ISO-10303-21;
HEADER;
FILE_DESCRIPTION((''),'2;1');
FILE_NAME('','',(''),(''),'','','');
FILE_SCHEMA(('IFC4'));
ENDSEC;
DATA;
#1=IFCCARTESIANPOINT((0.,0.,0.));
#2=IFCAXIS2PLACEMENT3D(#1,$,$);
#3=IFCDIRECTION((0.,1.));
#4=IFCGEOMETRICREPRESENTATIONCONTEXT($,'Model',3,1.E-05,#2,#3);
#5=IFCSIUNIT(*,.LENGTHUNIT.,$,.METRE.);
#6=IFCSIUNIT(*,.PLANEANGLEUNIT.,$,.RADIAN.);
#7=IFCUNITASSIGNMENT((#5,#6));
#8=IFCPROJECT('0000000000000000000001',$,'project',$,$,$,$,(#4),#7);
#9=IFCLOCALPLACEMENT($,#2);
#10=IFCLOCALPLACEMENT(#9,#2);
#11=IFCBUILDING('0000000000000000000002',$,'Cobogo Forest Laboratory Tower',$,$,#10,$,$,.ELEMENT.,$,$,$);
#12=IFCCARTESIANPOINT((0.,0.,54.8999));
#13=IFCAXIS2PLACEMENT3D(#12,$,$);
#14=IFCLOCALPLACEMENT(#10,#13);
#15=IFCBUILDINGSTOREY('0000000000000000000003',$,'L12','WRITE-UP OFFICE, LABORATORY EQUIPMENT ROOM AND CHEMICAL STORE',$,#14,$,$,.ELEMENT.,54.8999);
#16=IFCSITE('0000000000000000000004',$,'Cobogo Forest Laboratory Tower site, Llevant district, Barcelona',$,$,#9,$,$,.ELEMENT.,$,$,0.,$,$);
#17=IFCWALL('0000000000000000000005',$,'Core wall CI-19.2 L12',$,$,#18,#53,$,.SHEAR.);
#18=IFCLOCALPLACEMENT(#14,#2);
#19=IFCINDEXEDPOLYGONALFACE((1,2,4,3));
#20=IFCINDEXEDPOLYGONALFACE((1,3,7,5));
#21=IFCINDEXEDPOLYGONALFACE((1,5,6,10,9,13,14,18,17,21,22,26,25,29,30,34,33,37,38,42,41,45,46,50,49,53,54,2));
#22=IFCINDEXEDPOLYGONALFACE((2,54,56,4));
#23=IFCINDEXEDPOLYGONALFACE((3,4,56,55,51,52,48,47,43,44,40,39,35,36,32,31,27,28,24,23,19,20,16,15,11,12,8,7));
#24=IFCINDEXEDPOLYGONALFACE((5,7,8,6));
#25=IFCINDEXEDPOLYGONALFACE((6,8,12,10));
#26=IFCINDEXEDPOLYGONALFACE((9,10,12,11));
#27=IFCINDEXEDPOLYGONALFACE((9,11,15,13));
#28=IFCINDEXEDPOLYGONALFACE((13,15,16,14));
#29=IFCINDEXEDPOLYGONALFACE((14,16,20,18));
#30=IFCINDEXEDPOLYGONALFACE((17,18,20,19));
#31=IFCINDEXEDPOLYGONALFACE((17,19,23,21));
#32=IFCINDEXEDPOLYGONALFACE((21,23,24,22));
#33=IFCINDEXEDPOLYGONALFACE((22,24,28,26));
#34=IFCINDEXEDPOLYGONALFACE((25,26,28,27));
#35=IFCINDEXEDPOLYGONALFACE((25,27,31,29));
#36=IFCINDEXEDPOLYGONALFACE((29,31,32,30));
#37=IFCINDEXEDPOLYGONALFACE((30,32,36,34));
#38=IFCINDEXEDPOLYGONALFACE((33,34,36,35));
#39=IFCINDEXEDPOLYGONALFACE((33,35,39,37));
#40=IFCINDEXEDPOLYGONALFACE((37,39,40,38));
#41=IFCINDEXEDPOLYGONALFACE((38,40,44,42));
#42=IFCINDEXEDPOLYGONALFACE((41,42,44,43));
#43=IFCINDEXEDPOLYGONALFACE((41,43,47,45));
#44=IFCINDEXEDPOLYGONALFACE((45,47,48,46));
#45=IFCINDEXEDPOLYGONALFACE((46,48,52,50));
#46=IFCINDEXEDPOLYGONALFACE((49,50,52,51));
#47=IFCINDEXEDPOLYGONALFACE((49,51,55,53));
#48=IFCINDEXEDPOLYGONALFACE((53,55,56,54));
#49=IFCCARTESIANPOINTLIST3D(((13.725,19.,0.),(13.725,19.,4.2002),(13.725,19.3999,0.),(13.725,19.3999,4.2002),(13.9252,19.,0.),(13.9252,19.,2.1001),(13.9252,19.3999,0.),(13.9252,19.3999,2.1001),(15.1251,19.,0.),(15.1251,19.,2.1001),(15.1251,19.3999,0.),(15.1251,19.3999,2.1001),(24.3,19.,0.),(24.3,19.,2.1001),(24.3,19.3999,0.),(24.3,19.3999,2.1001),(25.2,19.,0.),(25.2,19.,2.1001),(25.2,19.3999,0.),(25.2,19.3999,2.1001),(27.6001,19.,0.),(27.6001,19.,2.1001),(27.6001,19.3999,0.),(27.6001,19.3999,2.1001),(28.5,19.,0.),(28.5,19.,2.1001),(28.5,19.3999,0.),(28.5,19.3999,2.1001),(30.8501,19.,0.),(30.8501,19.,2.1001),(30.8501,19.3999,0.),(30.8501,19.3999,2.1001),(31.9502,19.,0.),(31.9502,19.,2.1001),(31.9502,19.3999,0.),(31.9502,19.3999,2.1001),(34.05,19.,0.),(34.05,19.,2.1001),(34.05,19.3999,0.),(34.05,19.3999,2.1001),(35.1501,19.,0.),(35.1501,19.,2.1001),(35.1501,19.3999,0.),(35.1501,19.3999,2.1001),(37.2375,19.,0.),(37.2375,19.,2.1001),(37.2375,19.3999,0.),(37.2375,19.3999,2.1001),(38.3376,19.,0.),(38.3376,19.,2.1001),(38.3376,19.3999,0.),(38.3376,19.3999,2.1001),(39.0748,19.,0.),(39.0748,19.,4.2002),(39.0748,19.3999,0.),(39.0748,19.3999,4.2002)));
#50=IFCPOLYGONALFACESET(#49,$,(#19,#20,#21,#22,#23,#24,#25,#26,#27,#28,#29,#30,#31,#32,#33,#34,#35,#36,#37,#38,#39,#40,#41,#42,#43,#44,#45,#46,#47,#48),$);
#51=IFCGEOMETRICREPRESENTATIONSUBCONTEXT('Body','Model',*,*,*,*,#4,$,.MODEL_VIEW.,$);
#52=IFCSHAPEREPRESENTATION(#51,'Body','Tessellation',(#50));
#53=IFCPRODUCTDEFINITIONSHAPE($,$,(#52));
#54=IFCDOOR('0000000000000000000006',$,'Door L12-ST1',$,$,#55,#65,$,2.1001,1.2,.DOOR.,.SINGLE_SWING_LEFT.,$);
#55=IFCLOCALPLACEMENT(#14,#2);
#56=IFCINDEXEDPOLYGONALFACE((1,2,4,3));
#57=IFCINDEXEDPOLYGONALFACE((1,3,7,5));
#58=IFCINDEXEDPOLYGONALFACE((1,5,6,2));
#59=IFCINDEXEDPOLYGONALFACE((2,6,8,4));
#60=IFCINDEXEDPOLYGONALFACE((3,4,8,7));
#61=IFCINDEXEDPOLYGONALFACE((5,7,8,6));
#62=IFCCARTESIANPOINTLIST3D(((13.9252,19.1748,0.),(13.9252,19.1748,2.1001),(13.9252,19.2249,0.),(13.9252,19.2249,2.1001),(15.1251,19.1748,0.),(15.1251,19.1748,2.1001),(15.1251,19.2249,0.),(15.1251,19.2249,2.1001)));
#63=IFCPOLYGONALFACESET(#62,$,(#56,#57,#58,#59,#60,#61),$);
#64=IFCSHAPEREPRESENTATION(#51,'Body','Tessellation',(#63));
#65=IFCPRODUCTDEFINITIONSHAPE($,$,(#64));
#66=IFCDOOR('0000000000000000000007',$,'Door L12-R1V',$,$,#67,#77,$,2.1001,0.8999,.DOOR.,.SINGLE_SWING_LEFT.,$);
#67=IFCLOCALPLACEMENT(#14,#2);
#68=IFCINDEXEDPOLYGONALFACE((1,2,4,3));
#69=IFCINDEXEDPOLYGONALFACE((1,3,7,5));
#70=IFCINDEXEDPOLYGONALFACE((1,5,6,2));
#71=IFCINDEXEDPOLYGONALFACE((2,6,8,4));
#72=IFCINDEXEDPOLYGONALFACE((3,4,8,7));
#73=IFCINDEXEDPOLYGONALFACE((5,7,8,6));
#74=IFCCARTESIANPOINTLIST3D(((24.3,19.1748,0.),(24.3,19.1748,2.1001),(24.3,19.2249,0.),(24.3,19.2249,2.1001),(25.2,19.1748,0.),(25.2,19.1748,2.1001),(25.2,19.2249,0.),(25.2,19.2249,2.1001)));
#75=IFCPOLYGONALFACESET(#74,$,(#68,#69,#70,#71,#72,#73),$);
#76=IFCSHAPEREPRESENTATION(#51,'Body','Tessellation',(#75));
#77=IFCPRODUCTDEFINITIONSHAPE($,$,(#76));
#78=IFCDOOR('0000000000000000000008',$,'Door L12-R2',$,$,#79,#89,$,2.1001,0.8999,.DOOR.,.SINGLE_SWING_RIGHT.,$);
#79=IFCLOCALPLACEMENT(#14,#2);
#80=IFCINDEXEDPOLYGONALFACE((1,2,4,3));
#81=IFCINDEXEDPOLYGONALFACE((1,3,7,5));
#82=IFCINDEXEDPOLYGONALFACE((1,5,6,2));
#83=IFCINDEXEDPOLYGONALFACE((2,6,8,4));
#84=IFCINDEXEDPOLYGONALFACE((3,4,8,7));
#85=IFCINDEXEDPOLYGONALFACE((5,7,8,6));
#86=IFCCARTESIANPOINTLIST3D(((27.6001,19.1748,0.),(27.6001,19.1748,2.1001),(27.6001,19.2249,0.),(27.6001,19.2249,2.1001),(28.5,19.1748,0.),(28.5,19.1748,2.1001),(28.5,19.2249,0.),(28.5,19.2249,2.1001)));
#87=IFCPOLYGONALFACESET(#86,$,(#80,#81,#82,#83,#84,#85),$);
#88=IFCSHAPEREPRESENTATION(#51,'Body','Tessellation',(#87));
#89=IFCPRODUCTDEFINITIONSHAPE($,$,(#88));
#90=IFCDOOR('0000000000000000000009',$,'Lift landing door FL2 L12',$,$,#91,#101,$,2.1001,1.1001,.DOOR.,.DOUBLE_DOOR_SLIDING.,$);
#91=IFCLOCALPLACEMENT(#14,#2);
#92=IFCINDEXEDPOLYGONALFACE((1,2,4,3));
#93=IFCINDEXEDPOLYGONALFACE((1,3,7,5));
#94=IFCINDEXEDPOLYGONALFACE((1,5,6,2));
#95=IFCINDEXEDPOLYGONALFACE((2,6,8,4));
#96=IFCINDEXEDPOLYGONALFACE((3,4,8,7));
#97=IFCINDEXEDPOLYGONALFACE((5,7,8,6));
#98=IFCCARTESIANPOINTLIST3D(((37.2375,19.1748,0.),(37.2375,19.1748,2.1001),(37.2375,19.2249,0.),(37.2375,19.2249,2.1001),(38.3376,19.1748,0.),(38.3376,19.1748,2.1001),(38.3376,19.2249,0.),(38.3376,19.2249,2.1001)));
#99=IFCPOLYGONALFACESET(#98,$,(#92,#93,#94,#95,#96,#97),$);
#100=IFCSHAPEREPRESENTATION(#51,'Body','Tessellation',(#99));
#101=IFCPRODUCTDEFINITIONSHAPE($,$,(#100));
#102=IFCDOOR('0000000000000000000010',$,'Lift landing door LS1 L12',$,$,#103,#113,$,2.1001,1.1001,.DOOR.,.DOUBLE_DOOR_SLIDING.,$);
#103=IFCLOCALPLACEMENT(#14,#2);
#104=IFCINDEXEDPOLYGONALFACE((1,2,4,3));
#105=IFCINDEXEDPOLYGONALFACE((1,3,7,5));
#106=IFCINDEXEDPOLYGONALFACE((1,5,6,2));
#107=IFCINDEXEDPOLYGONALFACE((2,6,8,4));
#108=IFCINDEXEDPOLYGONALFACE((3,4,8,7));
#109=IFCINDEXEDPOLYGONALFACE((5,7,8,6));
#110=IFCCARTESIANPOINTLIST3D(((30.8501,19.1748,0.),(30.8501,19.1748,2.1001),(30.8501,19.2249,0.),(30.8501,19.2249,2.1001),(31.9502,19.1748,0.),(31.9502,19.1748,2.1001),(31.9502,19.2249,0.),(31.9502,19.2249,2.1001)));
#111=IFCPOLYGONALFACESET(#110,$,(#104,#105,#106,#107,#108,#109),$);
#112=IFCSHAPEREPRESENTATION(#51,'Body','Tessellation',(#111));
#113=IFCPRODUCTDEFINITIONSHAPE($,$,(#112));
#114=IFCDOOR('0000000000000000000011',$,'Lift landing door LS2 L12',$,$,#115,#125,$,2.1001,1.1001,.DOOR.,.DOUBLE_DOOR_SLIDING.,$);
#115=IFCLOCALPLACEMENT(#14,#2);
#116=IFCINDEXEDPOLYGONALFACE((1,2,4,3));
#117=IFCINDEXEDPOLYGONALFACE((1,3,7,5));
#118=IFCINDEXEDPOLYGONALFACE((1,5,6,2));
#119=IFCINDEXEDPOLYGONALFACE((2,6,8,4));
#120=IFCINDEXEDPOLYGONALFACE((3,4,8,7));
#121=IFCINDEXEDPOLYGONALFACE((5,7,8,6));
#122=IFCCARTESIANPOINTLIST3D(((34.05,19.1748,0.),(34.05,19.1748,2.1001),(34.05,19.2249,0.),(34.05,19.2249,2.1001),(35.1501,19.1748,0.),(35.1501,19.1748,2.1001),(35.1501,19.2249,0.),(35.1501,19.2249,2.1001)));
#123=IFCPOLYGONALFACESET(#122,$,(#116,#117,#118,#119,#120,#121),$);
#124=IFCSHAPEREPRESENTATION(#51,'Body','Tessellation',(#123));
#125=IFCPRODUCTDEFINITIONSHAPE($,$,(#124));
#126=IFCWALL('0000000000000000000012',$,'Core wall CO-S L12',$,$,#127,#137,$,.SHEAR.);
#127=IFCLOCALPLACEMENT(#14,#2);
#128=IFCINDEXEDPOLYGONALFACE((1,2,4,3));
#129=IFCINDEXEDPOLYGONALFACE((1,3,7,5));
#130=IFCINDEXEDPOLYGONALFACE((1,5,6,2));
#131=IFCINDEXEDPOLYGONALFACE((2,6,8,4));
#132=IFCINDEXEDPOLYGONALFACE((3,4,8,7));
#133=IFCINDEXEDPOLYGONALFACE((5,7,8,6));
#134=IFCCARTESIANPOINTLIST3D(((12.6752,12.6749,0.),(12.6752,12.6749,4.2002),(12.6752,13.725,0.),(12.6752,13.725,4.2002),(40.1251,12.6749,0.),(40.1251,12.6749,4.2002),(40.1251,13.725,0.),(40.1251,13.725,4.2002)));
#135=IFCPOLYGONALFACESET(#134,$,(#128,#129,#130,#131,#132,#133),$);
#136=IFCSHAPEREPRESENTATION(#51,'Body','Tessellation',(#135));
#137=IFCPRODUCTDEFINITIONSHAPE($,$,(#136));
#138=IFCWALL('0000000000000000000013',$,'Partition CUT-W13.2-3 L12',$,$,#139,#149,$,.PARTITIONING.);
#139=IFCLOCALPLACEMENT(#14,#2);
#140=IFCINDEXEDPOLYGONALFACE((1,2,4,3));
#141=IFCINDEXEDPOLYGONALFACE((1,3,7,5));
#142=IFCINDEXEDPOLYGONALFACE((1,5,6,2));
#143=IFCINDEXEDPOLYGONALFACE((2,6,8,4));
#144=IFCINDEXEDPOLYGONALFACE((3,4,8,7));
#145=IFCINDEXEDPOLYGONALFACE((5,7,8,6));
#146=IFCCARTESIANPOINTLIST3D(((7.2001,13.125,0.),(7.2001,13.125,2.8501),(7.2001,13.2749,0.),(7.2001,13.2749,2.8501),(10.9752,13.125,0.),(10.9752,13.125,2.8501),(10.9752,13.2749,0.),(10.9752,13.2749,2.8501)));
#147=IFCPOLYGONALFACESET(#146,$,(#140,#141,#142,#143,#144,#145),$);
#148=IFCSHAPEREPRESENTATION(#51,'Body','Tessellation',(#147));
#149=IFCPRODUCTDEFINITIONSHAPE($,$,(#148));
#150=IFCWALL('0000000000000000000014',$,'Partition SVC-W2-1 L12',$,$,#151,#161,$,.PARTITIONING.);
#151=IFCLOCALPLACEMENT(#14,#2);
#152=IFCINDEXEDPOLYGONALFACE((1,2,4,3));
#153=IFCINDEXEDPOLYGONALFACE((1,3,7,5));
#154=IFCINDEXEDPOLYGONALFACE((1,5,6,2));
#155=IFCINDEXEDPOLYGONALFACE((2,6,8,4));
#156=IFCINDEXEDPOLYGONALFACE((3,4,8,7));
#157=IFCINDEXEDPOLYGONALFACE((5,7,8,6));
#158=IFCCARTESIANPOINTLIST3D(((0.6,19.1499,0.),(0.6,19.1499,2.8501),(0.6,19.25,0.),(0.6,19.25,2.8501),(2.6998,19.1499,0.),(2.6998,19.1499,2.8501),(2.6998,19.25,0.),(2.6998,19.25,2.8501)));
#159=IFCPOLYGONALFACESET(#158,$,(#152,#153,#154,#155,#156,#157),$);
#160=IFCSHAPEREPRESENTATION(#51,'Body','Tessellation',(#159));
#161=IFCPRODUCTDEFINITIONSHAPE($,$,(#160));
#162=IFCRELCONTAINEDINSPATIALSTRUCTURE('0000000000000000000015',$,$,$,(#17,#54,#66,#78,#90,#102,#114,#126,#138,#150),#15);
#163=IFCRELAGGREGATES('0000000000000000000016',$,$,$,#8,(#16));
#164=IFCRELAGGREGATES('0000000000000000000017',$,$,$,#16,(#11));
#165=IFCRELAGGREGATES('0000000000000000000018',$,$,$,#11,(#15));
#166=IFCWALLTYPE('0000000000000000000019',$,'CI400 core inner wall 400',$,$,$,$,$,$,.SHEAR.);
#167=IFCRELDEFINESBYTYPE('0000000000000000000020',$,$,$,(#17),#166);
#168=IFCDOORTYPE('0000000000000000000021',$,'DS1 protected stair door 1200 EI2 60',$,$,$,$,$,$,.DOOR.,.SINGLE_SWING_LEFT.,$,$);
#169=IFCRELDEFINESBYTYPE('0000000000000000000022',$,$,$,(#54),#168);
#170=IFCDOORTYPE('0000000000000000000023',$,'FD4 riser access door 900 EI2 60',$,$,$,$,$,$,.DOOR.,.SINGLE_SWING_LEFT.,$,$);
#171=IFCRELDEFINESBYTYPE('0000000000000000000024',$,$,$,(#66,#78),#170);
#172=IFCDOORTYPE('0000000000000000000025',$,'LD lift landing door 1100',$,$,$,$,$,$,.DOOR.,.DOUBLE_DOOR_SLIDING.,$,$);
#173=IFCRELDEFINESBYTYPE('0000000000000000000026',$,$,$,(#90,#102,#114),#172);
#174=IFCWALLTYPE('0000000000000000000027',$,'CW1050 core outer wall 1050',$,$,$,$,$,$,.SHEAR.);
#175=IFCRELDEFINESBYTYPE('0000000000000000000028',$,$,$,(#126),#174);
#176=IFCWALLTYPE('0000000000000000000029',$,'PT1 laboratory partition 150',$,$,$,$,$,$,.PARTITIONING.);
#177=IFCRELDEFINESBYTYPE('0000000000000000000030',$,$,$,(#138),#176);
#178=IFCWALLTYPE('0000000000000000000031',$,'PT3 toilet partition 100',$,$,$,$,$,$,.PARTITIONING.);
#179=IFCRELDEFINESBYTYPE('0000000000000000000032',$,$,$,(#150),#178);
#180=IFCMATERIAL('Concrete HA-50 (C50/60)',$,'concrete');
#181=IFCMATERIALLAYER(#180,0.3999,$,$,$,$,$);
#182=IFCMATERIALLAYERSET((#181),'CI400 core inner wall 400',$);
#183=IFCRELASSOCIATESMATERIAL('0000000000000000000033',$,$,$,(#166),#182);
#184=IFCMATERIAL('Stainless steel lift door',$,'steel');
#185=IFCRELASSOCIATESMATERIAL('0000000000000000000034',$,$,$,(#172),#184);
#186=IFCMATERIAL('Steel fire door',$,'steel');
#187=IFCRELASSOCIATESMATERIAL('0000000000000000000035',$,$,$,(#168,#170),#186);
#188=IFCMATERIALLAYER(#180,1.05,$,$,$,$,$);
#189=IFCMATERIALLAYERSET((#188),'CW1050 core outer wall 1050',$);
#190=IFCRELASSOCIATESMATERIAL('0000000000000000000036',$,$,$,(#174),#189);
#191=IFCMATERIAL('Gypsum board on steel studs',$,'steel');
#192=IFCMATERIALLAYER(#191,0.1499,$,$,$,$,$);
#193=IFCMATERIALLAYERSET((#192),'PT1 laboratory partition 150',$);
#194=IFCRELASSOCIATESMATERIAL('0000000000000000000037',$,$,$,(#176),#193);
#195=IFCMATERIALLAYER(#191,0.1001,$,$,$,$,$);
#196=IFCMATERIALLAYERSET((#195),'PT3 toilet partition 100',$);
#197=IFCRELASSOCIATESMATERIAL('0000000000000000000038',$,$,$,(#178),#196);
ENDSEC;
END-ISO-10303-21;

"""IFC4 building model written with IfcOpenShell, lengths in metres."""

from ifc_helpers import new_model, si_unit, direction, frame, frame_2d, origin, place, context, subcontext, project, spatial, rectangle, extrude, material, layer, layer_set, type_object, element, fill, save


model = new_model("IFC4")

# Units and contexts
model_context = context("Model", 3, precision=1e-05, world=origin(), true_north=direction((0.0, 1.0)))
body_context = subcontext(model_context, "Body", "Model", "MODEL_VIEW")
ifc_project = project(units=[si_unit("LENGTHUNIT", "METRE"), si_unit("PLANEANGLEUNIT", "RADIAN")], contexts=[model_context])

# Site, building, storey
site_placement = place(None, origin())
site = spatial("IfcSite", under=ifc_project, at=site_placement, Name="Cobogo Forest Laboratory Tower site, Llevant district, Barcelona", CompositionType="ELEMENT", RefElevation=0.0)
building_placement = place(site_placement, origin())
building = spatial("IfcBuilding", under=site, at=building_placement, Name="Cobogo Forest Laboratory Tower", CompositionType="ELEMENT")
storey_placement = place(building_placement, frame((0.0, 0.0, 54.8999)))
storey = spatial("IfcBuildingStorey", under=building, at=storey_placement, Name="L12", Description="WRITE-UP OFFICE, LABORATORY EQUIPMENT ROOM AND CHEMICAL STORE", CompositionType="ELEMENT", Elevation=54.8999)

# Shared definitions
ifc_material_1 = material(Name="Concrete HA-50 (C50/60)", Category="concrete")

# Wall, openings, doors
ifc_layer_1 = layer(ifc_material_1, 0.3999)
ifc_layer_set_1 = layer_set([ifc_layer_1], Name="CI400 core inner wall 400")
wall_type_1 = type_object("IfcWallType", Name="CI400 core inner wall 400", PredefinedType="SHEAR", material=ifc_layer_set_1)
ifc_material_2 = material(Name="Stainless steel lift door", Category="steel")
door_type_1 = type_object("IfcDoorType", Name="LD lift landing door 1100", OperationType="DOUBLE_DOOR_SLIDING", PredefinedType="DOOR", material=ifc_material_2)
wall_1_placement = place(storey_placement, frame((13.7251, 19.2, 0.0), z_axis=(0.0, 0.0, 1.0), x_axis=(1.0, 0.0, 0.0)))
wall_1 = element("IfcWall", 1, at=wall_1_placement, inside=storey, type_object=wall_type_1, Name="Core wall CI-19.2 L12", PredefinedType="SHEAR", context=body_context, shape_type="SweptSolid", body=[
    extrude(rectangle(XDim=25.3499, YDim=0.3999, at=frame_2d((12.6748, 0.0))), origin(), (0.0, 0.0, 1.0), 4.2002),
])
opening_1_placement = place(wall_1_placement, frame((10.575, 0.0, 0.0)))
opening_1 = element("IfcOpeningElement", 2, at=opening_1_placement, cuts=wall_1, PredefinedType="OPENING", context=body_context, shape_type="SweptSolid", body=[
    extrude(rectangle(XDim=0.8999, YDim=2.1001, at=frame_2d((0.45, 1.05))), frame((0.0, 0.21, 0.0), z_axis=(0.0, -1.0, 0.0), x_axis=(1.0, 0.0, 0.0)), (0.0, 0.0, 1.0), 0.4199),
])
opening_2_placement = place(wall_1_placement, frame((13.875, 0.0, 0.0)))
opening_2 = element("IfcOpeningElement", 3, at=opening_2_placement, cuts=wall_1, PredefinedType="OPENING", context=body_context, shape_type="SweptSolid", body=[
    extrude(rectangle(XDim=0.8999, YDim=2.1001, at=frame_2d((0.45, 1.05))), frame((0.0, 0.21, 0.0), z_axis=(0.0, -1.0, 0.0), x_axis=(1.0, 0.0, 0.0)), (0.0, 0.0, 1.0), 0.4199),
])
opening_3_placement = place(wall_1_placement, frame((0.2, 0.0, 0.0)))
opening_3 = element("IfcOpeningElement", 4, at=opening_3_placement, cuts=wall_1, PredefinedType="OPENING", context=body_context, shape_type="SweptSolid", body=[
    extrude(rectangle(XDim=1.2, YDim=2.1001, at=frame_2d((0.6001, 1.05))), frame((0.0, 0.21, 0.0), z_axis=(0.0, -1.0, 0.0), x_axis=(1.0, 0.0, 0.0)), (0.0, 0.0, 1.0), 0.4199),
])
opening_4_placement = place(wall_1_placement, frame((23.5125, 0.0, 0.0)))
opening_4 = element("IfcOpeningElement", 5, at=opening_4_placement, cuts=wall_1, PredefinedType="OPENING", context=body_context, shape_type="SweptSolid", body=[
    extrude(rectangle(XDim=1.1001, YDim=2.1001, at=frame_2d((0.55, 1.05))), frame((0.0, 0.21, 0.0), z_axis=(0.0, -1.0, 0.0), x_axis=(1.0, 0.0, 0.0)), (0.0, 0.0, 1.0), 0.4199),
])
opening_5_placement = place(wall_1_placement, frame((17.125, 0.0, 0.0)))
opening_5 = element("IfcOpeningElement", 6, at=opening_5_placement, cuts=wall_1, PredefinedType="OPENING", context=body_context, shape_type="SweptSolid", body=[
    extrude(rectangle(XDim=1.1001, YDim=2.1001, at=frame_2d((0.55, 1.05))), frame((0.0, 0.21, 0.0), z_axis=(0.0, -1.0, 0.0), x_axis=(1.0, 0.0, 0.0)), (0.0, 0.0, 1.0), 0.4199),
])
opening_6_placement = place(wall_1_placement, frame((20.325, 0.0, 0.0)))
opening_6 = element("IfcOpeningElement", 7, at=opening_6_placement, cuts=wall_1, PredefinedType="OPENING", context=body_context, shape_type="SweptSolid", body=[
    extrude(rectangle(XDim=1.1001, YDim=2.1001, at=frame_2d((0.55, 1.05))), frame((0.0, 0.21, 0.0), z_axis=(0.0, -1.0, 0.0), x_axis=(1.0, 0.0, 0.0)), (0.0, 0.0, 1.0), 0.4199),
])
ifc_material_3 = material(Name="Steel fire door", Category="steel")
door_type_2 = type_object("IfcDoorType", Name="DS1 protected stair door 1200 EI2 60", OperationType="SINGLE_SWING_LEFT", PredefinedType="DOOR", material=ifc_material_3)
door_1_placement = place(opening_3_placement, origin())
door_1 = element("IfcDoor", 8, at=door_1_placement, inside=storey, type_object=door_type_2, Name="Door L12-ST1", OperationType="SINGLE_SWING_LEFT", OverallHeight=2.1001, OverallWidth=1.2, PredefinedType="DOOR", context=body_context, shape_type="SweptSolid", body=[
    extrude(rectangle(XDim=1.2, YDim=2.1001, at=frame_2d((0.6001, 1.05))), frame((0.0, 0.0249, 0.0), z_axis=(0.0, -1.0, 0.0), x_axis=(1.0, 0.0, 0.0)), (0.0, 0.0, 1.0), 0.05),
])
fill(opening_3, door_1)
door_type_3 = type_object("IfcDoorType", Name="FD4 riser access door 900 EI2 60", OperationType="SINGLE_SWING_LEFT", PredefinedType="DOOR", material=ifc_material_3)
door_2_placement = place(opening_1_placement, origin())
door_2 = element("IfcDoor", 9, at=door_2_placement, inside=storey, type_object=door_type_3, Name="Door L12-R1V", OperationType="SINGLE_SWING_LEFT", OverallHeight=2.1001, OverallWidth=0.8999, PredefinedType="DOOR", context=body_context, shape_type="SweptSolid", body=[
    extrude(rectangle(XDim=0.8999, YDim=2.1001, at=frame_2d((0.45, 1.05))), frame((0.0, 0.0249, 0.0), z_axis=(0.0, -1.0, 0.0), x_axis=(1.0, 0.0, 0.0)), (0.0, 0.0, 1.0), 0.05),
])
fill(opening_1, door_2)
door_3_placement = place(opening_2_placement, origin())
door_3 = element("IfcDoor", 10, at=door_3_placement, inside=storey, type_object=door_type_3, Name="Door L12-R2", OperationType="SINGLE_SWING_RIGHT", OverallHeight=2.1001, OverallWidth=0.8999, PredefinedType="DOOR", context=body_context, shape_type="SweptSolid", body=[
    extrude(rectangle(XDim=0.8999, YDim=2.1001, at=frame_2d((0.45, 1.05))), frame((0.0, 0.0249, 0.0), z_axis=(0.0, -1.0, 0.0), x_axis=(1.0, 0.0, 0.0)), (0.0, 0.0, 1.0), 0.05),
])
fill(opening_2, door_3)
door_4_placement = place(opening_4_placement, origin())
door_4 = element("IfcDoor", 11, at=door_4_placement, inside=storey, type_object=door_type_1, Name="Lift landing door FL2 L12", OperationType="DOUBLE_DOOR_SLIDING", OverallHeight=2.1001, OverallWidth=1.1001, PredefinedType="DOOR", context=body_context, shape_type="SweptSolid", body=[
    extrude(rectangle(XDim=1.1001, YDim=2.1001, at=frame_2d((0.55, 1.05))), frame((0.0, 0.0249, 0.0), z_axis=(0.0, -1.0, 0.0), x_axis=(1.0, 0.0, 0.0)), (0.0, 0.0, 1.0), 0.05),
])
fill(opening_4, door_4)
door_5_placement = place(opening_5_placement, origin())
door_5 = element("IfcDoor", 12, at=door_5_placement, inside=storey, type_object=door_type_1, Name="Lift landing door LS1 L12", OperationType="DOUBLE_DOOR_SLIDING", OverallHeight=2.1001, OverallWidth=1.1001, PredefinedType="DOOR", context=body_context, shape_type="SweptSolid", body=[
    extrude(rectangle(XDim=1.1001, YDim=2.1001, at=frame_2d((0.55, 1.05))), frame((0.0, 0.0249, 0.0), z_axis=(0.0, -1.0, 0.0), x_axis=(1.0, 0.0, 0.0)), (0.0, 0.0, 1.0), 0.05),
])
fill(opening_5, door_5)
door_6_placement = place(opening_6_placement, origin())
door_6 = element("IfcDoor", 13, at=door_6_placement, inside=storey, type_object=door_type_1, Name="Lift landing door LS2 L12", OperationType="DOUBLE_DOOR_SLIDING", OverallHeight=2.1001, OverallWidth=1.1001, PredefinedType="DOOR", context=body_context, shape_type="SweptSolid", body=[
    extrude(rectangle(XDim=1.1001, YDim=2.1001, at=frame_2d((0.55, 1.05))), frame((0.0, 0.0249, 0.0), z_axis=(0.0, -1.0, 0.0), x_axis=(1.0, 0.0, 0.0)), (0.0, 0.0, 1.0), 0.05),
])
fill(opening_6, door_6)

# Walls
ifc_layer_2 = layer(ifc_material_1, 1.05)
ifc_layer_set_2 = layer_set([ifc_layer_2], Name="CW1050 core outer wall 1050")
wall_type_2 = type_object("IfcWallType", Name="CW1050 core outer wall 1050", PredefinedType="SHEAR", material=ifc_layer_set_2)
wall_2_placement = place(storey_placement, frame((12.675, 13.2, 0.0), z_axis=(0.0, 0.0, 1.0), x_axis=(1.0, 0.0, 0.0)))
element("IfcWall", 14, at=wall_2_placement, inside=storey, type_object=wall_type_2, Name="Core wall CO-S L12", PredefinedType="SHEAR", context=body_context, shape_type="SweptSolid", body=[
    extrude(rectangle(XDim=27.45, YDim=1.05, at=frame_2d((13.7251, 0.0))), origin(), (0.0, 0.0, 1.0), 4.2002),
])
ifc_material_4 = material(Name="Gypsum board on steel studs", Category="steel")
ifc_layer_3 = layer(ifc_material_4, 0.1499)
ifc_layer_set_3 = layer_set([ifc_layer_3], Name="PT1 laboratory partition 150")
wall_type_3 = type_object("IfcWallType", Name="PT1 laboratory partition 150", PredefinedType="PARTITIONING", material=ifc_layer_set_3)
wall_3_placement = place(storey_placement, frame((7.2, 13.2, 0.0), z_axis=(0.0, 0.0, 1.0), x_axis=(1.0, 0.0, 0.0)))
element("IfcWall", 15, at=wall_3_placement, inside=storey, type_object=wall_type_3, Name="Partition CUT-W13.2-3 L12", PredefinedType="PARTITIONING", context=body_context, shape_type="SweptSolid", body=[
    extrude(rectangle(XDim=3.7751, YDim=0.1499, at=frame_2d((1.8877, 0.0))), origin(), (0.0, 0.0, 1.0), 2.8501),
])
ifc_layer_4 = layer(ifc_material_4, 0.1001)
ifc_layer_set_4 = layer_set([ifc_layer_4], Name="PT3 toilet partition 100")
wall_type_4 = type_object("IfcWallType", Name="PT3 toilet partition 100", PredefinedType="PARTITIONING", material=ifc_layer_set_4)
wall_4_placement = place(storey_placement, frame((0.6001, 19.2, 0.0), z_axis=(0.0, 0.0, 1.0), x_axis=(1.0, 0.0, 0.0)))
element("IfcWall", 16, at=wall_4_placement, inside=storey, type_object=wall_type_4, Name="Partition SVC-W2-1 L12", PredefinedType="PARTITIONING", context=body_context, shape_type="SweptSolid", body=[
    extrude(rectangle(XDim=2.0999, YDim=0.1001, at=frame_2d((1.0498, 0.0))), origin(), (0.0, 0.0, 1.0), 2.8501),
])

save(model, "model.ifc")
